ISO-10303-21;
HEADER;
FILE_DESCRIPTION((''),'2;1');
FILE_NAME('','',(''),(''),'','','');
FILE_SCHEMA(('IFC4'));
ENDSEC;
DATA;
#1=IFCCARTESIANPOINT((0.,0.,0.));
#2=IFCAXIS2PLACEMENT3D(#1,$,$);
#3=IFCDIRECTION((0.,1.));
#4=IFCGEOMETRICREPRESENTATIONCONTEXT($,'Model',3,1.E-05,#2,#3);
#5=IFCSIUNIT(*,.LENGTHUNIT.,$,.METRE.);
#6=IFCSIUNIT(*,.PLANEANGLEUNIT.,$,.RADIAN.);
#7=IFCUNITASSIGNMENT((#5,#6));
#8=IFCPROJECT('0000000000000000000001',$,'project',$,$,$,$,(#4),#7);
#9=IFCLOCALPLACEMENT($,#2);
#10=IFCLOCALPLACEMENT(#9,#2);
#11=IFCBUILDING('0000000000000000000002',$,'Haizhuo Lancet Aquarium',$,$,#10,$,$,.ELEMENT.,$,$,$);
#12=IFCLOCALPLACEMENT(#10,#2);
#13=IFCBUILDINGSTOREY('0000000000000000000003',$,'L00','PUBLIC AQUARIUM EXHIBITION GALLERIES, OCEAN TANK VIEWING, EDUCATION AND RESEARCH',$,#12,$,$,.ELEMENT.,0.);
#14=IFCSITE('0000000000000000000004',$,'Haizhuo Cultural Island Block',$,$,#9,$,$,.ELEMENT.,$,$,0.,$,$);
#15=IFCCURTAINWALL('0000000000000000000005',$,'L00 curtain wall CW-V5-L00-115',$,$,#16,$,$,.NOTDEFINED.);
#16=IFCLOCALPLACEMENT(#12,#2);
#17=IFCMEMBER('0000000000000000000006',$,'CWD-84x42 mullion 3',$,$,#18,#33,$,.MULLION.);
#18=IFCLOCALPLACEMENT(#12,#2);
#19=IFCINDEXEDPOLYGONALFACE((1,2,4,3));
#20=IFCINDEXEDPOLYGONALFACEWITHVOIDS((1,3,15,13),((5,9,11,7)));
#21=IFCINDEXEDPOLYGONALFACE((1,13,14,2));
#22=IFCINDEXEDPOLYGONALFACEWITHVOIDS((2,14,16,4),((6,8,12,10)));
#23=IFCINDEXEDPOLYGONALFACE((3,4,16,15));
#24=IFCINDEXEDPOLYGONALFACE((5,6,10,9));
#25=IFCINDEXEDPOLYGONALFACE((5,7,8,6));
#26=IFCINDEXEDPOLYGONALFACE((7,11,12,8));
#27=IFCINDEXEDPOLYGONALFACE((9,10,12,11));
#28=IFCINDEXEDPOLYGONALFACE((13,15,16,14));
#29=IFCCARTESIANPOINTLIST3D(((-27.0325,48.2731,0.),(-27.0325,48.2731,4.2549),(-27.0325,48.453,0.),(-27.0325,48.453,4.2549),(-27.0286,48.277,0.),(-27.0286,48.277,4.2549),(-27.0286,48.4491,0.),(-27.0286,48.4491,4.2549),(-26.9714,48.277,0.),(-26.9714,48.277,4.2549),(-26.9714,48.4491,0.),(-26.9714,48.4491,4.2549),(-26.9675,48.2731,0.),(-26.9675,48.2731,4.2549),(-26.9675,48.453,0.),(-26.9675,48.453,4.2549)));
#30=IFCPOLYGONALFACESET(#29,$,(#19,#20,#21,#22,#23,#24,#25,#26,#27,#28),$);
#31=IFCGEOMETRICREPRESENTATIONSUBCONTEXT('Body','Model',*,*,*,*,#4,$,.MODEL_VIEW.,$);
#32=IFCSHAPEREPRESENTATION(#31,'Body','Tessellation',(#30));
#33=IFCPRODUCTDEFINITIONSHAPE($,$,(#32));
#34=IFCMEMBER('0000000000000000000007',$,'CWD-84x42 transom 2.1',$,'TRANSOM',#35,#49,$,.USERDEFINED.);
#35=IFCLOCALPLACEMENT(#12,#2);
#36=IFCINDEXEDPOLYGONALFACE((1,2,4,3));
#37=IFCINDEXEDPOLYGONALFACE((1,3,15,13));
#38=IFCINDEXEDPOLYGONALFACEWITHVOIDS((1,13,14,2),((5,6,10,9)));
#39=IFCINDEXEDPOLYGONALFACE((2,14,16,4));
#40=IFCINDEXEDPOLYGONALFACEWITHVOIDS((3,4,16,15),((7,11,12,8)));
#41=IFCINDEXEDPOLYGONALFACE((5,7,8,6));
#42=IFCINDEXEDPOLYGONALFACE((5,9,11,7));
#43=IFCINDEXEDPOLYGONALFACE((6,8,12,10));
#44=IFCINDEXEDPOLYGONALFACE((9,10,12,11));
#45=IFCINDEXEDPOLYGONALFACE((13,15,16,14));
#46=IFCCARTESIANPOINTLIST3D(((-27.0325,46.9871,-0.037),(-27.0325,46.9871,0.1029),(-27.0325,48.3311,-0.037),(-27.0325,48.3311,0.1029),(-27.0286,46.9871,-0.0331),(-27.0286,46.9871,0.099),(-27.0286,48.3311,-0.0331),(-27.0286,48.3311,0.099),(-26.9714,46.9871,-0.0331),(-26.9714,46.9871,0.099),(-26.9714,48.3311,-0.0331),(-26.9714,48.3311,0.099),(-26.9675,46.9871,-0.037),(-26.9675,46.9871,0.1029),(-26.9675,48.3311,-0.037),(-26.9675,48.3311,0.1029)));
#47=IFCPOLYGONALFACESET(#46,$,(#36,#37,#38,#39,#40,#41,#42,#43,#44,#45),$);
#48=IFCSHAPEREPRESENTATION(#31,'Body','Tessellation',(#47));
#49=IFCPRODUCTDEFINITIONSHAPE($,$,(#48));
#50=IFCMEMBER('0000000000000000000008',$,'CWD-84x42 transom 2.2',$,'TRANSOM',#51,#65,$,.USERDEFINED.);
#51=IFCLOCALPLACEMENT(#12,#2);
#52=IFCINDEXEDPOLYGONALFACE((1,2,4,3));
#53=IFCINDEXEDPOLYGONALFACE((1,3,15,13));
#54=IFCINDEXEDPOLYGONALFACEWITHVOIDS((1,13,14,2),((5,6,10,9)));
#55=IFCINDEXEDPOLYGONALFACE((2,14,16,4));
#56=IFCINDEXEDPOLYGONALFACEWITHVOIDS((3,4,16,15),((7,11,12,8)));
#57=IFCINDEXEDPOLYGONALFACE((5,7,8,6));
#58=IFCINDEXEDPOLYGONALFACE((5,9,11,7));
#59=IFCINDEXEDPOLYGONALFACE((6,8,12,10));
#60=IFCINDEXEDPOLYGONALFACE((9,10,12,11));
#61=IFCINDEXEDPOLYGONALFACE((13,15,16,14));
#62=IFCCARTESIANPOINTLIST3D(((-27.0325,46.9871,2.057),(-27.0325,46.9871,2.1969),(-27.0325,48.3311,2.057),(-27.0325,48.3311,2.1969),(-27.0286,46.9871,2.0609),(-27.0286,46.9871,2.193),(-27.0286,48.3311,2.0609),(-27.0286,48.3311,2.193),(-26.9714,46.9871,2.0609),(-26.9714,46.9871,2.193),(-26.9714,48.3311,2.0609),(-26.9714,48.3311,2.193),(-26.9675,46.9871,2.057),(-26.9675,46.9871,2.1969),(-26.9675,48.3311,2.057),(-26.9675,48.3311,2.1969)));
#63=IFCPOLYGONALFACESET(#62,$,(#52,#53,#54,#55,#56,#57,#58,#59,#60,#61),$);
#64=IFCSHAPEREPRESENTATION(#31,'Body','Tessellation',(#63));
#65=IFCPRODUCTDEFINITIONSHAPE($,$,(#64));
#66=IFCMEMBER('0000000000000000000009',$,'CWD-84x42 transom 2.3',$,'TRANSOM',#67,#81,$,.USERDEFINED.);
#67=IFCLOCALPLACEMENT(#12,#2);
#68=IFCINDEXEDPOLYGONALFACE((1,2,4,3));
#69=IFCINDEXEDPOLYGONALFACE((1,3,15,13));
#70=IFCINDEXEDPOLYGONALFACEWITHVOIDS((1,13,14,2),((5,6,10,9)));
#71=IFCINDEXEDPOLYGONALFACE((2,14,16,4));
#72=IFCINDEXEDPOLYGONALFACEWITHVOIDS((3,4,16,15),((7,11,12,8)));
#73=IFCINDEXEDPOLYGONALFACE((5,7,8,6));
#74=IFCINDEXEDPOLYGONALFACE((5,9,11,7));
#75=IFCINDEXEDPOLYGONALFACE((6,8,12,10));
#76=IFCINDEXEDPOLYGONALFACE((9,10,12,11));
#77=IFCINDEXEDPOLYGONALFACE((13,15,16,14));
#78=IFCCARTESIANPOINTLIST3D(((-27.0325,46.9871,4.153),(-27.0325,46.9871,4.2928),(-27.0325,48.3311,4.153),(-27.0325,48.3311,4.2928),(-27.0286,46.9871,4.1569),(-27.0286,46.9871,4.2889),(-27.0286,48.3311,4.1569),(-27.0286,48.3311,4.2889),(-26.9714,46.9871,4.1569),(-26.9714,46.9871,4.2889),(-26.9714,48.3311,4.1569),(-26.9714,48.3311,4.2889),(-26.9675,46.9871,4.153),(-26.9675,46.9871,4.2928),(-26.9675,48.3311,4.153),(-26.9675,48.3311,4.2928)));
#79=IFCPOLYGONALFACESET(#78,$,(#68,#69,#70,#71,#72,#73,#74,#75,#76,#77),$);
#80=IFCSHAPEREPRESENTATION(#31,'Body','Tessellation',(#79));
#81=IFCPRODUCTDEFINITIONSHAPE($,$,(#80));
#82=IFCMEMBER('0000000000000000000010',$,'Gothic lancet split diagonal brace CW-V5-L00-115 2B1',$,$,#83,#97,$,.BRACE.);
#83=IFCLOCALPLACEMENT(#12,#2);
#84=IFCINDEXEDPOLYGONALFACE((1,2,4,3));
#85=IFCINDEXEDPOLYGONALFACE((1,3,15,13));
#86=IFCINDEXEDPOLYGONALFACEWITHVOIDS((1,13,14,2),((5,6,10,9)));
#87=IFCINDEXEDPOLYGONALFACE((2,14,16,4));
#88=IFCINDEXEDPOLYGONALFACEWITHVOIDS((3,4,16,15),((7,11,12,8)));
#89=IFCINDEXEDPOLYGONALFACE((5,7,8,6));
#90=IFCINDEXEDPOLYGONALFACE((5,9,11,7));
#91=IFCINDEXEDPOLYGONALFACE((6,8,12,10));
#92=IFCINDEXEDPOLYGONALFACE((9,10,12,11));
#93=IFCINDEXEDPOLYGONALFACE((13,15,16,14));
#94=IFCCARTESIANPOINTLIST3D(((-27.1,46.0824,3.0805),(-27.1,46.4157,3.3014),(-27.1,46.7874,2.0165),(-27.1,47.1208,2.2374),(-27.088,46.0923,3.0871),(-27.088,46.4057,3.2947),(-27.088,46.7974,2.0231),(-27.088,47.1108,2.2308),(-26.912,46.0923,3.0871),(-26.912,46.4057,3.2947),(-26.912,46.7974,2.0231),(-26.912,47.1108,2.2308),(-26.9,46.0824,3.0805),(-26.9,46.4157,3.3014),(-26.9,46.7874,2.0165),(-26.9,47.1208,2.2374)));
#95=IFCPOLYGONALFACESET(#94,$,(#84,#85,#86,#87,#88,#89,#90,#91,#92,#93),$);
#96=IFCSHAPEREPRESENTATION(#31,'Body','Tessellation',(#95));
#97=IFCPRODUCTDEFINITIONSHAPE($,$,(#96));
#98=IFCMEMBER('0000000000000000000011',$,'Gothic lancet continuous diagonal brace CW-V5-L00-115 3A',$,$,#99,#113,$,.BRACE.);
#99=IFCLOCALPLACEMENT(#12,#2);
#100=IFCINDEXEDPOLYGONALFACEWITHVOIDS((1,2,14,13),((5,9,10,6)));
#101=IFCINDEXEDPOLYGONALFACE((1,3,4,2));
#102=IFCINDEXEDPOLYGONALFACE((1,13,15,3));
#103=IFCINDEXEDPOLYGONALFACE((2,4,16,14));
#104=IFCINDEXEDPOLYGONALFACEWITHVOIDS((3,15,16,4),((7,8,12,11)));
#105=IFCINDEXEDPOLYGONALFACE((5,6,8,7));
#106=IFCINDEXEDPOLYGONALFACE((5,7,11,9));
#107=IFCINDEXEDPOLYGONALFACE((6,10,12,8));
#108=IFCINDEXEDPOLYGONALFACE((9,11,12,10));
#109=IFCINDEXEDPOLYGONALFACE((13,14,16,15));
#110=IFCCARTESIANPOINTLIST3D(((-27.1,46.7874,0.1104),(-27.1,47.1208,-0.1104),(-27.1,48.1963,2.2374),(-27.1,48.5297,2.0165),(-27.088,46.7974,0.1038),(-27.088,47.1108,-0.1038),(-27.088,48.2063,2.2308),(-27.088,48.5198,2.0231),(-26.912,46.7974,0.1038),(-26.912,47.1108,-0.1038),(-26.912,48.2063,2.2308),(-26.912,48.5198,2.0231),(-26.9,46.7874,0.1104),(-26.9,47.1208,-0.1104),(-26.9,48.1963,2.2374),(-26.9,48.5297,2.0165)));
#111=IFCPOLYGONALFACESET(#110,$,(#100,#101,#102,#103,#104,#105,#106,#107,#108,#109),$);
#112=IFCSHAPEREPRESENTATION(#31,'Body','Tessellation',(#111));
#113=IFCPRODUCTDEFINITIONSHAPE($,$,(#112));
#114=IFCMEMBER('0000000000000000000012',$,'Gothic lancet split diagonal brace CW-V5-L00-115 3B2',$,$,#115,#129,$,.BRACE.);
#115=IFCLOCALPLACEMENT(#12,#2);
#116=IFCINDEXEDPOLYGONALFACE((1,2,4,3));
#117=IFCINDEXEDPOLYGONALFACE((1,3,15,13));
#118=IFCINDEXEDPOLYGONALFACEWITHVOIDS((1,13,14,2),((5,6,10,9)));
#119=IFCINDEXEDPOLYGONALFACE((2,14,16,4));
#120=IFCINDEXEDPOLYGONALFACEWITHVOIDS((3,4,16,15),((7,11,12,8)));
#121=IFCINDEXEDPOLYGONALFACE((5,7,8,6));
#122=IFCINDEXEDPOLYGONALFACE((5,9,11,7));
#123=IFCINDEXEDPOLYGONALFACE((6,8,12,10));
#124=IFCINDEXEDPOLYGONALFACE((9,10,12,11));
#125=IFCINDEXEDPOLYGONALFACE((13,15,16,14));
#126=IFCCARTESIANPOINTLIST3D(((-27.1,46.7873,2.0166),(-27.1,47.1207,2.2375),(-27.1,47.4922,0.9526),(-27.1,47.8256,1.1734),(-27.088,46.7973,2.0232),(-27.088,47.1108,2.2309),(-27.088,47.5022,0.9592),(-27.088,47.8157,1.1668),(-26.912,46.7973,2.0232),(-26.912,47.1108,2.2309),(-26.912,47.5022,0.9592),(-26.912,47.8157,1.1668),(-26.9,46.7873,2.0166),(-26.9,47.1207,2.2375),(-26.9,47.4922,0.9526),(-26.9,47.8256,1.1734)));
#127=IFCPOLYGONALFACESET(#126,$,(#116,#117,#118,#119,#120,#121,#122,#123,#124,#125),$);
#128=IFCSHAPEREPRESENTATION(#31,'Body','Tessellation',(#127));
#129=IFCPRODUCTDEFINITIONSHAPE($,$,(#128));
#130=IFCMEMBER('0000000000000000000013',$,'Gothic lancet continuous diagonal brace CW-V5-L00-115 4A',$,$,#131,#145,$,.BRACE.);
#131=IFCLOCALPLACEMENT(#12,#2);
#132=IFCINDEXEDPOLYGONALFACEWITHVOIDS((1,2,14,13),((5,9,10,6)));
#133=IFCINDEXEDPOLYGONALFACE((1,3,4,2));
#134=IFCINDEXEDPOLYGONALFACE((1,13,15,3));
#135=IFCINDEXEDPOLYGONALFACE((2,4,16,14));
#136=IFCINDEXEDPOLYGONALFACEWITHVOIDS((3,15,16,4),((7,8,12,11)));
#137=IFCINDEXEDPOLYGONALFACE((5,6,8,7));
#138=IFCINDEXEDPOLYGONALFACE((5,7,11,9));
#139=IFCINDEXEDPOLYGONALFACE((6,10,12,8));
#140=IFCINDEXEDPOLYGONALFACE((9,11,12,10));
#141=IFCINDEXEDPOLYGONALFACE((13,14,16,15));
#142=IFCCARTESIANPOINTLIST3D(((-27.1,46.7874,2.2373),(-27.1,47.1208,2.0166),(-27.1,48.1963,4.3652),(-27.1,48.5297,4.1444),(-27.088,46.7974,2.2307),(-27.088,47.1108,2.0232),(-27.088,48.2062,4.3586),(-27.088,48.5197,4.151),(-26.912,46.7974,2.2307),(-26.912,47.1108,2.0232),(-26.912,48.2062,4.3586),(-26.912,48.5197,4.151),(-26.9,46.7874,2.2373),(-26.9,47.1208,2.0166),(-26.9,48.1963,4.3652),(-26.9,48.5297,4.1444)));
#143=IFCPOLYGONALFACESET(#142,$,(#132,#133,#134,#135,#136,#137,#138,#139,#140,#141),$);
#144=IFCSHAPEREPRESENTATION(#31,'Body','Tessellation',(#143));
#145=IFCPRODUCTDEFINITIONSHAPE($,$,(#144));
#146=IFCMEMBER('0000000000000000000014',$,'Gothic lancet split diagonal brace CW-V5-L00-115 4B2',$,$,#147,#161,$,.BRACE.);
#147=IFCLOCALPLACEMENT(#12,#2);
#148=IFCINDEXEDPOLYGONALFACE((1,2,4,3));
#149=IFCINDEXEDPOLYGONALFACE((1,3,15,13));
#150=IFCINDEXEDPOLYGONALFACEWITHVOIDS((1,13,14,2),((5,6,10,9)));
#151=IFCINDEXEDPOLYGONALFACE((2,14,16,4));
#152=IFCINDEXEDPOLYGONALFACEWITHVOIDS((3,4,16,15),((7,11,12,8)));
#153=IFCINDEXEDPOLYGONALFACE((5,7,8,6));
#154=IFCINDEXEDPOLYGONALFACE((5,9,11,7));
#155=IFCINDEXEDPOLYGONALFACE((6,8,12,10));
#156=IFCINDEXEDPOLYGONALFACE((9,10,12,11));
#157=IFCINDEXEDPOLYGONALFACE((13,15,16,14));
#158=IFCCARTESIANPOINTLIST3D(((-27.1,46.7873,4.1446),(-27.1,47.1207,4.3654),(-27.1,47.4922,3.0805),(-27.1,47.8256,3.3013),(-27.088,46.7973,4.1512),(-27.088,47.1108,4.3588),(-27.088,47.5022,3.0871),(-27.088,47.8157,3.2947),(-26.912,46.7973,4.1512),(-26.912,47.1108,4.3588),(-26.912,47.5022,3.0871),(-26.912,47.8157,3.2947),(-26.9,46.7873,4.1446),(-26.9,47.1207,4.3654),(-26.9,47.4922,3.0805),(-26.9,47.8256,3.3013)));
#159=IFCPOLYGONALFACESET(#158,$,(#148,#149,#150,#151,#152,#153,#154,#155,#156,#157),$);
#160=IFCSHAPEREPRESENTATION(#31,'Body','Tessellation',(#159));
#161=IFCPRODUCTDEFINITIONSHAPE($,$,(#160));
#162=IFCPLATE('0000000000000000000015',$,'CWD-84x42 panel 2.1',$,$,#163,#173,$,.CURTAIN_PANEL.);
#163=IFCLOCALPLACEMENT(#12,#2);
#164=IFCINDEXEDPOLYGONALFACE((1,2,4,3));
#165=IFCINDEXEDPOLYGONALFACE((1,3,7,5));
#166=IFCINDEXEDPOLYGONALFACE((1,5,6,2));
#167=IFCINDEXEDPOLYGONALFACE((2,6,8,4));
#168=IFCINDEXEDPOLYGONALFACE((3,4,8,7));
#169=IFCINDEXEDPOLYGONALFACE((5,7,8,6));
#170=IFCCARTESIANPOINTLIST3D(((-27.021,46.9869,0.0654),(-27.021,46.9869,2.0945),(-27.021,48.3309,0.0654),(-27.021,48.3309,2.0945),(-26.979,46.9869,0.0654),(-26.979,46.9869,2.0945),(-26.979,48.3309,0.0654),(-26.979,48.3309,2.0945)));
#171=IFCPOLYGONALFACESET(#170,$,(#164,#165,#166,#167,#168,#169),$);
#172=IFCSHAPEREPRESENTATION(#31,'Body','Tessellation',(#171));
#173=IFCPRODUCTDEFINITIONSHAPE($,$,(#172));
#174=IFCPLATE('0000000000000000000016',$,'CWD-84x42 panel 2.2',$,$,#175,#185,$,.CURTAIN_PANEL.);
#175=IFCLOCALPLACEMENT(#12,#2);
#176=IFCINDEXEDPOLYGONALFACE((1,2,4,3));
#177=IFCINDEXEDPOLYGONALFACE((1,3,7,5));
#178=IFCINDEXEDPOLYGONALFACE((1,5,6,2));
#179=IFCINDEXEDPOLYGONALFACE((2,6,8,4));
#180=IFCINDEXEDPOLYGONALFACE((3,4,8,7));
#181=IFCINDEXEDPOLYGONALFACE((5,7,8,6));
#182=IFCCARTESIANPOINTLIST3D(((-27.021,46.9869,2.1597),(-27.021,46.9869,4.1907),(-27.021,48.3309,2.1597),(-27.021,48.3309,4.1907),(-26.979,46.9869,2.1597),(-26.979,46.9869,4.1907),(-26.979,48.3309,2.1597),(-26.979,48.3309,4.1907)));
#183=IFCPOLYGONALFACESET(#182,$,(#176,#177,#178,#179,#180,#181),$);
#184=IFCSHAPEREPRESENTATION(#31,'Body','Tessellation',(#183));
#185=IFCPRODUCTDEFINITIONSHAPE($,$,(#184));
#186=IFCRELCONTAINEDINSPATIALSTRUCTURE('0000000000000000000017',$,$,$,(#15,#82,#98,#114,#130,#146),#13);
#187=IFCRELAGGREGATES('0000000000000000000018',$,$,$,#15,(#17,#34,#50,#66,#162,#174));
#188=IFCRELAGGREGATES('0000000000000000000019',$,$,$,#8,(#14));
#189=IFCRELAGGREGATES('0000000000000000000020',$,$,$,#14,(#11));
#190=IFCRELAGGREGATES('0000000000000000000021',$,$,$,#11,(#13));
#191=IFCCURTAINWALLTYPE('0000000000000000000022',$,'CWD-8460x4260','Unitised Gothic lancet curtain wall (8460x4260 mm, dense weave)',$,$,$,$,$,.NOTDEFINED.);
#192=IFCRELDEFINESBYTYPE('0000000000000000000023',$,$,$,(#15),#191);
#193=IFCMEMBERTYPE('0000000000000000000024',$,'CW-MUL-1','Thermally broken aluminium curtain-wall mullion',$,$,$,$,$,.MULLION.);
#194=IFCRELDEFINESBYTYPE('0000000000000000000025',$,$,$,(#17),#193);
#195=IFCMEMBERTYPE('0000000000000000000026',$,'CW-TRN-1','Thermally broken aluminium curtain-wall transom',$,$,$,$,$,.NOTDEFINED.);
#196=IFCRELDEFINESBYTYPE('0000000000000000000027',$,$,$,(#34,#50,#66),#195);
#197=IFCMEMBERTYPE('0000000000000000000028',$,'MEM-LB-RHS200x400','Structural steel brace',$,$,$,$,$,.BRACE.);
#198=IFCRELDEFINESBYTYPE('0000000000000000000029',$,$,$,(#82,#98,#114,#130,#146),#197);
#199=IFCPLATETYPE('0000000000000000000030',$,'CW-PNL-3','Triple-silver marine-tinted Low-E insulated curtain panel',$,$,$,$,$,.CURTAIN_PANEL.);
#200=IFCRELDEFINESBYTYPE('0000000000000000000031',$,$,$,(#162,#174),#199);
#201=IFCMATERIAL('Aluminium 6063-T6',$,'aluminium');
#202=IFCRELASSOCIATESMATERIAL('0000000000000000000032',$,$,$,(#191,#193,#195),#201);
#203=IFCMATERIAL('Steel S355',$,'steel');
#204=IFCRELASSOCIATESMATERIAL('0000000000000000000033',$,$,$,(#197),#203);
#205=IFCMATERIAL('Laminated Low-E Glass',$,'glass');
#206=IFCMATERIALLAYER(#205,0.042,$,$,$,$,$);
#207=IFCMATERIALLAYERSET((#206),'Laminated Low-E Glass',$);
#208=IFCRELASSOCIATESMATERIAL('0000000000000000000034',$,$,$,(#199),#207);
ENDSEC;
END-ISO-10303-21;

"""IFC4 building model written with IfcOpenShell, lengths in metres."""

from ifc_helpers import new_model, si_unit, direction, frame, origin, origin_2d, place, context, subcontext, project, spatial, rectangle, hollow_rectangle, extrude, material, layer, layer_set, material_profile, profile_set, type_object, element, aggregate, save


model = new_model("IFC4")

# Units and contexts
model_context = context("Model", 3, precision=1e-05, world=origin(), true_north=direction((0.0, 1.0)))
body_context = subcontext(model_context, "Body", "Model", "MODEL_VIEW")
ifc_project = project(units=[si_unit("LENGTHUNIT", "METRE"), si_unit("PLANEANGLEUNIT", "RADIAN")], contexts=[model_context])

# Site, building, storey
site_placement = place(None, origin())
site = spatial("IfcSite", under=ifc_project, at=site_placement, Name="Haizhuo Cultural Island Block", CompositionType="ELEMENT", RefElevation=0.0)
building_placement = place(site_placement, origin())
building = spatial("IfcBuilding", under=site, at=building_placement, Name="Haizhuo Lancet Aquarium", CompositionType="ELEMENT")
storey_placement = place(building_placement, origin())
storey = spatial("IfcBuildingStorey", under=building, at=storey_placement, Name="L00", Description="PUBLIC AQUARIUM EXHIBITION GALLERIES, OCEAN TANK VIEWING, EDUCATION AND RESEARCH", CompositionType="ELEMENT", Elevation=0.0)

# Curtain wall, members
ifc_material_1 = material(Name="Aluminium 6063-T6", Category="aluminium")
curtain_wall_type = type_object("IfcCurtainWallType", Name="CWD-8460x4260", Description="Unitised Gothic lancet curtain wall (8460x4260 mm, dense weave)", PredefinedType="NOTDEFINED", material=ifc_material_1)
curtain_wall_placement = place(storey_placement, origin())
curtain_wall = element("IfcCurtainWall", 1, at=curtain_wall_placement, inside=storey, type_object=curtain_wall_type, Name="L00 curtain wall CW-V5-L00-115", PredefinedType="NOTDEFINED")
ifc_material_profile_1 = material_profile(ifc_material_1, hollow_rectangle(XDim=0.0649, YDim=0.1799, WallThickness=0.0039, at=origin_2d()), Name="ALU-M 65x180x4")
ifc_profile_set_1 = profile_set([ifc_material_profile_1], Name="Aluminium 6063-T6")
member_type_1 = type_object("IfcMemberType", Name="CW-MUL-1", Description="Thermally broken aluminium curtain-wall mullion", PredefinedType="MULLION", material=ifc_profile_set_1)
member_1_placement = place(storey_placement, frame((-27.0, 48.363, 0.0), z_axis=(0.0, 0.0, 1.0), x_axis=(-1.0, 0.0, 0.0)))
member_1 = element("IfcMember", 2, at=member_1_placement, type_object=member_type_1, Name="CWD-84x42 mullion 3", PredefinedType="MULLION", context=body_context, shape_type="SweptSolid", body=[
    extrude(hollow_rectangle(XDim=0.0649, YDim=0.1799, WallThickness=0.0039, at=origin_2d()), origin(), (0.0, 0.0, 1.0), 4.2549),
])
ifc_material_profile_2 = material_profile(ifc_material_1, hollow_rectangle(XDim=0.0649, YDim=0.1399, WallThickness=0.0039, at=origin_2d()), Name="ALU-T 65x140x4")
ifc_profile_set_2 = profile_set([ifc_material_profile_2], Name="Aluminium 6063-T6")
member_type_2 = type_object("IfcMemberType", Name="CW-TRN-1", Description="Thermally broken aluminium curtain-wall transom", PredefinedType="NOTDEFINED", material=ifc_profile_set_2)
member_2_placement = place(storey_placement, frame((-27.0, 46.9871, 0.033), z_axis=(0.0, 1.0, 0.0), x_axis=(-1.0, 0.0, 0.0)))
member_2 = element("IfcMember", 3, at=member_2_placement, type_object=member_type_2, Name="CWD-84x42 transom 2.1", ObjectType="TRANSOM", PredefinedType="USERDEFINED", context=body_context, shape_type="SweptSolid", body=[
    extrude(hollow_rectangle(XDim=0.0649, YDim=0.1399, WallThickness=0.0039, at=origin_2d()), origin(), (0.0, 0.0, 1.0), 1.344),
])
member_3_placement = place(storey_placement, frame((-27.0, 46.9871, 2.127), z_axis=(0.0, 1.0, 0.0), x_axis=(-1.0, 0.0, 0.0)))
member_3 = element("IfcMember", 4, at=member_3_placement, type_object=member_type_2, Name="CWD-84x42 transom 2.2", ObjectType="TRANSOM", PredefinedType="USERDEFINED", context=body_context, shape_type="SweptSolid", body=[
    extrude(hollow_rectangle(XDim=0.0649, YDim=0.1399, WallThickness=0.0039, at=origin_2d()), origin(), (0.0, 0.0, 1.0), 1.344),
])
member_4_placement = place(storey_placement, frame((-27.0, 46.9871, 4.2229), z_axis=(0.0, 1.0, 0.0), x_axis=(-1.0, 0.0, 0.0)))
member_4 = element("IfcMember", 5, at=member_4_placement, type_object=member_type_2, Name="CWD-84x42 transom 2.3", ObjectType="TRANSOM", PredefinedType="USERDEFINED", context=body_context, shape_type="SweptSolid", body=[
    extrude(hollow_rectangle(XDim=0.0649, YDim=0.1399, WallThickness=0.0039, at=origin_2d()), origin(), (0.0, 0.0, 1.0), 1.344),
])

# Members
ifc_material_2 = material(Name="Steel S355", Category="steel")
ifc_material_profile_3 = material_profile(ifc_material_2, hollow_rectangle(XDim=0.2, YDim=0.3999, WallThickness=0.012, at=origin_2d()), Name="RHS 200x400x12")
ifc_profile_set_3 = profile_set([ifc_material_profile_3], Name="Steel S355")
member_type_3 = type_object("IfcMemberType", Name="MEM-LB-RHS200x400", Description="Structural steel brace", PredefinedType="BRACE", material=ifc_profile_set_3)
member_5_placement = place(storey_placement, frame((-27.0, 46.9541, 2.127), z_axis=(0.0, -0.552403, 0.833577), x_axis=(1.0, 0.0, 0.0)))
element("IfcMember", 6, at=member_5_placement, inside=storey, type_object=member_type_3, Name="Gothic lancet split diagonal brace CW-V5-L00-115 2B1", PredefinedType="BRACE", context=body_context, shape_type="SweptSolid", body=[
    extrude(hollow_rectangle(XDim=0.2, YDim=0.3999, WallThickness=0.012, at=origin_2d()), origin(), (0.0, 0.0, 1.0), 1.2764),
])
member_6_placement = place(storey_placement, frame((-27.0, 46.9541, 0.0), z_axis=(0.0, 0.552247, 0.833681), x_axis=(-1.0, 0.0, 0.0)))
element("IfcMember", 7, at=member_6_placement, inside=storey, type_object=member_type_3, Name="Gothic lancet continuous diagonal brace CW-V5-L00-115 3A", PredefinedType="BRACE", context=body_context, shape_type="SweptSolid", body=[
    extrude(hollow_rectangle(XDim=0.2, YDim=0.3999, WallThickness=0.012, at=origin_2d()), origin(), (0.0, 0.0, 1.0), 2.5513),
])
member_7_placement = place(storey_placement, frame((-27.0, 47.6589, 1.063), z_axis=(0.0, -0.55227, 0.833665), x_axis=(1.0, 0.0, 0.0)))
element("IfcMember", 8, at=member_7_placement, inside=storey, type_object=member_type_3, Name="Gothic lancet split diagonal brace CW-V5-L00-115 3B2", PredefinedType="BRACE", context=body_context, shape_type="SweptSolid", body=[
    extrude(hollow_rectangle(XDim=0.2, YDim=0.3999, WallThickness=0.012, at=origin_2d()), origin(), (0.0, 0.0, 1.0), 1.2764),
])
member_8_placement = place(storey_placement, frame((-27.0, 46.9541, 2.127), z_axis=(0.0, 0.55207, 0.833798), x_axis=(-1.0, 0.0, 0.0)))
element("IfcMember", 9, at=member_8_placement, inside=storey, type_object=member_type_3, Name="Gothic lancet continuous diagonal brace CW-V5-L00-115 4A", PredefinedType="BRACE", context=body_context, shape_type="SweptSolid", body=[
    extrude(hollow_rectangle(XDim=0.2, YDim=0.3999, WallThickness=0.012, at=origin_2d()), origin(), (0.0, 0.0, 1.0), 2.552),
])
member_9_placement = place(storey_placement, frame((-27.0, 47.6589, 3.1909), z_axis=(0.0, -0.55227, 0.833665), x_axis=(1.0, 0.0, 0.0)))
element("IfcMember", 10, at=member_9_placement, inside=storey, type_object=member_type_3, Name="Gothic lancet split diagonal brace CW-V5-L00-115 4B2", PredefinedType="BRACE", context=body_context, shape_type="SweptSolid", body=[
    extrude(hollow_rectangle(XDim=0.2, YDim=0.3999, WallThickness=0.012, at=origin_2d()), origin(), (0.0, 0.0, 1.0), 1.2764),
])

# Plates
ifc_material_3 = material(Name="Laminated Low-E Glass", Category="glass")
ifc_layer_1 = layer(ifc_material_3, 0.042)
ifc_layer_set_1 = layer_set([ifc_layer_1], Name="Laminated Low-E Glass")
plate_type = type_object("IfcPlateType", Name="CW-PNL-3", Description="Triple-silver marine-tinted Low-E insulated curtain panel", PredefinedType="CURTAIN_PANEL", material=ifc_layer_set_1)
plate_1_placement = place(storey_placement, frame((-27.0, 47.6589, 0.0654), z_axis=(0.0, 0.0, 1.0), x_axis=(0.0, 1.0, 0.0)))
plate_1 = element("IfcPlate", 11, at=plate_1_placement, type_object=plate_type, Name="CWD-84x42 panel 2.1", PredefinedType="CURTAIN_PANEL", context=body_context, shape_type="SweptSolid", body=[
    extrude(rectangle(XDim=1.344, YDim=0.042, at=origin_2d()), origin(), (0.0, 0.0, 1.0), 2.0291),
])
plate_2_placement = place(storey_placement, frame((-27.0, 47.6589, 2.1597), z_axis=(0.0, 0.0, 1.0), x_axis=(0.0, 1.0, 0.0)))
plate_2 = element("IfcPlate", 12, at=plate_2_placement, type_object=plate_type, Name="CWD-84x42 panel 2.2", PredefinedType="CURTAIN_PANEL", context=body_context, shape_type="SweptSolid", body=[
    extrude(rectangle(XDim=1.344, YDim=0.042, at=origin_2d()), origin(), (0.0, 0.0, 1.0), 2.031),
])
aggregate(curtain_wall, [member_1, member_2, member_3, member_4, plate_1, plate_2])

save(model, "model.ifc")
